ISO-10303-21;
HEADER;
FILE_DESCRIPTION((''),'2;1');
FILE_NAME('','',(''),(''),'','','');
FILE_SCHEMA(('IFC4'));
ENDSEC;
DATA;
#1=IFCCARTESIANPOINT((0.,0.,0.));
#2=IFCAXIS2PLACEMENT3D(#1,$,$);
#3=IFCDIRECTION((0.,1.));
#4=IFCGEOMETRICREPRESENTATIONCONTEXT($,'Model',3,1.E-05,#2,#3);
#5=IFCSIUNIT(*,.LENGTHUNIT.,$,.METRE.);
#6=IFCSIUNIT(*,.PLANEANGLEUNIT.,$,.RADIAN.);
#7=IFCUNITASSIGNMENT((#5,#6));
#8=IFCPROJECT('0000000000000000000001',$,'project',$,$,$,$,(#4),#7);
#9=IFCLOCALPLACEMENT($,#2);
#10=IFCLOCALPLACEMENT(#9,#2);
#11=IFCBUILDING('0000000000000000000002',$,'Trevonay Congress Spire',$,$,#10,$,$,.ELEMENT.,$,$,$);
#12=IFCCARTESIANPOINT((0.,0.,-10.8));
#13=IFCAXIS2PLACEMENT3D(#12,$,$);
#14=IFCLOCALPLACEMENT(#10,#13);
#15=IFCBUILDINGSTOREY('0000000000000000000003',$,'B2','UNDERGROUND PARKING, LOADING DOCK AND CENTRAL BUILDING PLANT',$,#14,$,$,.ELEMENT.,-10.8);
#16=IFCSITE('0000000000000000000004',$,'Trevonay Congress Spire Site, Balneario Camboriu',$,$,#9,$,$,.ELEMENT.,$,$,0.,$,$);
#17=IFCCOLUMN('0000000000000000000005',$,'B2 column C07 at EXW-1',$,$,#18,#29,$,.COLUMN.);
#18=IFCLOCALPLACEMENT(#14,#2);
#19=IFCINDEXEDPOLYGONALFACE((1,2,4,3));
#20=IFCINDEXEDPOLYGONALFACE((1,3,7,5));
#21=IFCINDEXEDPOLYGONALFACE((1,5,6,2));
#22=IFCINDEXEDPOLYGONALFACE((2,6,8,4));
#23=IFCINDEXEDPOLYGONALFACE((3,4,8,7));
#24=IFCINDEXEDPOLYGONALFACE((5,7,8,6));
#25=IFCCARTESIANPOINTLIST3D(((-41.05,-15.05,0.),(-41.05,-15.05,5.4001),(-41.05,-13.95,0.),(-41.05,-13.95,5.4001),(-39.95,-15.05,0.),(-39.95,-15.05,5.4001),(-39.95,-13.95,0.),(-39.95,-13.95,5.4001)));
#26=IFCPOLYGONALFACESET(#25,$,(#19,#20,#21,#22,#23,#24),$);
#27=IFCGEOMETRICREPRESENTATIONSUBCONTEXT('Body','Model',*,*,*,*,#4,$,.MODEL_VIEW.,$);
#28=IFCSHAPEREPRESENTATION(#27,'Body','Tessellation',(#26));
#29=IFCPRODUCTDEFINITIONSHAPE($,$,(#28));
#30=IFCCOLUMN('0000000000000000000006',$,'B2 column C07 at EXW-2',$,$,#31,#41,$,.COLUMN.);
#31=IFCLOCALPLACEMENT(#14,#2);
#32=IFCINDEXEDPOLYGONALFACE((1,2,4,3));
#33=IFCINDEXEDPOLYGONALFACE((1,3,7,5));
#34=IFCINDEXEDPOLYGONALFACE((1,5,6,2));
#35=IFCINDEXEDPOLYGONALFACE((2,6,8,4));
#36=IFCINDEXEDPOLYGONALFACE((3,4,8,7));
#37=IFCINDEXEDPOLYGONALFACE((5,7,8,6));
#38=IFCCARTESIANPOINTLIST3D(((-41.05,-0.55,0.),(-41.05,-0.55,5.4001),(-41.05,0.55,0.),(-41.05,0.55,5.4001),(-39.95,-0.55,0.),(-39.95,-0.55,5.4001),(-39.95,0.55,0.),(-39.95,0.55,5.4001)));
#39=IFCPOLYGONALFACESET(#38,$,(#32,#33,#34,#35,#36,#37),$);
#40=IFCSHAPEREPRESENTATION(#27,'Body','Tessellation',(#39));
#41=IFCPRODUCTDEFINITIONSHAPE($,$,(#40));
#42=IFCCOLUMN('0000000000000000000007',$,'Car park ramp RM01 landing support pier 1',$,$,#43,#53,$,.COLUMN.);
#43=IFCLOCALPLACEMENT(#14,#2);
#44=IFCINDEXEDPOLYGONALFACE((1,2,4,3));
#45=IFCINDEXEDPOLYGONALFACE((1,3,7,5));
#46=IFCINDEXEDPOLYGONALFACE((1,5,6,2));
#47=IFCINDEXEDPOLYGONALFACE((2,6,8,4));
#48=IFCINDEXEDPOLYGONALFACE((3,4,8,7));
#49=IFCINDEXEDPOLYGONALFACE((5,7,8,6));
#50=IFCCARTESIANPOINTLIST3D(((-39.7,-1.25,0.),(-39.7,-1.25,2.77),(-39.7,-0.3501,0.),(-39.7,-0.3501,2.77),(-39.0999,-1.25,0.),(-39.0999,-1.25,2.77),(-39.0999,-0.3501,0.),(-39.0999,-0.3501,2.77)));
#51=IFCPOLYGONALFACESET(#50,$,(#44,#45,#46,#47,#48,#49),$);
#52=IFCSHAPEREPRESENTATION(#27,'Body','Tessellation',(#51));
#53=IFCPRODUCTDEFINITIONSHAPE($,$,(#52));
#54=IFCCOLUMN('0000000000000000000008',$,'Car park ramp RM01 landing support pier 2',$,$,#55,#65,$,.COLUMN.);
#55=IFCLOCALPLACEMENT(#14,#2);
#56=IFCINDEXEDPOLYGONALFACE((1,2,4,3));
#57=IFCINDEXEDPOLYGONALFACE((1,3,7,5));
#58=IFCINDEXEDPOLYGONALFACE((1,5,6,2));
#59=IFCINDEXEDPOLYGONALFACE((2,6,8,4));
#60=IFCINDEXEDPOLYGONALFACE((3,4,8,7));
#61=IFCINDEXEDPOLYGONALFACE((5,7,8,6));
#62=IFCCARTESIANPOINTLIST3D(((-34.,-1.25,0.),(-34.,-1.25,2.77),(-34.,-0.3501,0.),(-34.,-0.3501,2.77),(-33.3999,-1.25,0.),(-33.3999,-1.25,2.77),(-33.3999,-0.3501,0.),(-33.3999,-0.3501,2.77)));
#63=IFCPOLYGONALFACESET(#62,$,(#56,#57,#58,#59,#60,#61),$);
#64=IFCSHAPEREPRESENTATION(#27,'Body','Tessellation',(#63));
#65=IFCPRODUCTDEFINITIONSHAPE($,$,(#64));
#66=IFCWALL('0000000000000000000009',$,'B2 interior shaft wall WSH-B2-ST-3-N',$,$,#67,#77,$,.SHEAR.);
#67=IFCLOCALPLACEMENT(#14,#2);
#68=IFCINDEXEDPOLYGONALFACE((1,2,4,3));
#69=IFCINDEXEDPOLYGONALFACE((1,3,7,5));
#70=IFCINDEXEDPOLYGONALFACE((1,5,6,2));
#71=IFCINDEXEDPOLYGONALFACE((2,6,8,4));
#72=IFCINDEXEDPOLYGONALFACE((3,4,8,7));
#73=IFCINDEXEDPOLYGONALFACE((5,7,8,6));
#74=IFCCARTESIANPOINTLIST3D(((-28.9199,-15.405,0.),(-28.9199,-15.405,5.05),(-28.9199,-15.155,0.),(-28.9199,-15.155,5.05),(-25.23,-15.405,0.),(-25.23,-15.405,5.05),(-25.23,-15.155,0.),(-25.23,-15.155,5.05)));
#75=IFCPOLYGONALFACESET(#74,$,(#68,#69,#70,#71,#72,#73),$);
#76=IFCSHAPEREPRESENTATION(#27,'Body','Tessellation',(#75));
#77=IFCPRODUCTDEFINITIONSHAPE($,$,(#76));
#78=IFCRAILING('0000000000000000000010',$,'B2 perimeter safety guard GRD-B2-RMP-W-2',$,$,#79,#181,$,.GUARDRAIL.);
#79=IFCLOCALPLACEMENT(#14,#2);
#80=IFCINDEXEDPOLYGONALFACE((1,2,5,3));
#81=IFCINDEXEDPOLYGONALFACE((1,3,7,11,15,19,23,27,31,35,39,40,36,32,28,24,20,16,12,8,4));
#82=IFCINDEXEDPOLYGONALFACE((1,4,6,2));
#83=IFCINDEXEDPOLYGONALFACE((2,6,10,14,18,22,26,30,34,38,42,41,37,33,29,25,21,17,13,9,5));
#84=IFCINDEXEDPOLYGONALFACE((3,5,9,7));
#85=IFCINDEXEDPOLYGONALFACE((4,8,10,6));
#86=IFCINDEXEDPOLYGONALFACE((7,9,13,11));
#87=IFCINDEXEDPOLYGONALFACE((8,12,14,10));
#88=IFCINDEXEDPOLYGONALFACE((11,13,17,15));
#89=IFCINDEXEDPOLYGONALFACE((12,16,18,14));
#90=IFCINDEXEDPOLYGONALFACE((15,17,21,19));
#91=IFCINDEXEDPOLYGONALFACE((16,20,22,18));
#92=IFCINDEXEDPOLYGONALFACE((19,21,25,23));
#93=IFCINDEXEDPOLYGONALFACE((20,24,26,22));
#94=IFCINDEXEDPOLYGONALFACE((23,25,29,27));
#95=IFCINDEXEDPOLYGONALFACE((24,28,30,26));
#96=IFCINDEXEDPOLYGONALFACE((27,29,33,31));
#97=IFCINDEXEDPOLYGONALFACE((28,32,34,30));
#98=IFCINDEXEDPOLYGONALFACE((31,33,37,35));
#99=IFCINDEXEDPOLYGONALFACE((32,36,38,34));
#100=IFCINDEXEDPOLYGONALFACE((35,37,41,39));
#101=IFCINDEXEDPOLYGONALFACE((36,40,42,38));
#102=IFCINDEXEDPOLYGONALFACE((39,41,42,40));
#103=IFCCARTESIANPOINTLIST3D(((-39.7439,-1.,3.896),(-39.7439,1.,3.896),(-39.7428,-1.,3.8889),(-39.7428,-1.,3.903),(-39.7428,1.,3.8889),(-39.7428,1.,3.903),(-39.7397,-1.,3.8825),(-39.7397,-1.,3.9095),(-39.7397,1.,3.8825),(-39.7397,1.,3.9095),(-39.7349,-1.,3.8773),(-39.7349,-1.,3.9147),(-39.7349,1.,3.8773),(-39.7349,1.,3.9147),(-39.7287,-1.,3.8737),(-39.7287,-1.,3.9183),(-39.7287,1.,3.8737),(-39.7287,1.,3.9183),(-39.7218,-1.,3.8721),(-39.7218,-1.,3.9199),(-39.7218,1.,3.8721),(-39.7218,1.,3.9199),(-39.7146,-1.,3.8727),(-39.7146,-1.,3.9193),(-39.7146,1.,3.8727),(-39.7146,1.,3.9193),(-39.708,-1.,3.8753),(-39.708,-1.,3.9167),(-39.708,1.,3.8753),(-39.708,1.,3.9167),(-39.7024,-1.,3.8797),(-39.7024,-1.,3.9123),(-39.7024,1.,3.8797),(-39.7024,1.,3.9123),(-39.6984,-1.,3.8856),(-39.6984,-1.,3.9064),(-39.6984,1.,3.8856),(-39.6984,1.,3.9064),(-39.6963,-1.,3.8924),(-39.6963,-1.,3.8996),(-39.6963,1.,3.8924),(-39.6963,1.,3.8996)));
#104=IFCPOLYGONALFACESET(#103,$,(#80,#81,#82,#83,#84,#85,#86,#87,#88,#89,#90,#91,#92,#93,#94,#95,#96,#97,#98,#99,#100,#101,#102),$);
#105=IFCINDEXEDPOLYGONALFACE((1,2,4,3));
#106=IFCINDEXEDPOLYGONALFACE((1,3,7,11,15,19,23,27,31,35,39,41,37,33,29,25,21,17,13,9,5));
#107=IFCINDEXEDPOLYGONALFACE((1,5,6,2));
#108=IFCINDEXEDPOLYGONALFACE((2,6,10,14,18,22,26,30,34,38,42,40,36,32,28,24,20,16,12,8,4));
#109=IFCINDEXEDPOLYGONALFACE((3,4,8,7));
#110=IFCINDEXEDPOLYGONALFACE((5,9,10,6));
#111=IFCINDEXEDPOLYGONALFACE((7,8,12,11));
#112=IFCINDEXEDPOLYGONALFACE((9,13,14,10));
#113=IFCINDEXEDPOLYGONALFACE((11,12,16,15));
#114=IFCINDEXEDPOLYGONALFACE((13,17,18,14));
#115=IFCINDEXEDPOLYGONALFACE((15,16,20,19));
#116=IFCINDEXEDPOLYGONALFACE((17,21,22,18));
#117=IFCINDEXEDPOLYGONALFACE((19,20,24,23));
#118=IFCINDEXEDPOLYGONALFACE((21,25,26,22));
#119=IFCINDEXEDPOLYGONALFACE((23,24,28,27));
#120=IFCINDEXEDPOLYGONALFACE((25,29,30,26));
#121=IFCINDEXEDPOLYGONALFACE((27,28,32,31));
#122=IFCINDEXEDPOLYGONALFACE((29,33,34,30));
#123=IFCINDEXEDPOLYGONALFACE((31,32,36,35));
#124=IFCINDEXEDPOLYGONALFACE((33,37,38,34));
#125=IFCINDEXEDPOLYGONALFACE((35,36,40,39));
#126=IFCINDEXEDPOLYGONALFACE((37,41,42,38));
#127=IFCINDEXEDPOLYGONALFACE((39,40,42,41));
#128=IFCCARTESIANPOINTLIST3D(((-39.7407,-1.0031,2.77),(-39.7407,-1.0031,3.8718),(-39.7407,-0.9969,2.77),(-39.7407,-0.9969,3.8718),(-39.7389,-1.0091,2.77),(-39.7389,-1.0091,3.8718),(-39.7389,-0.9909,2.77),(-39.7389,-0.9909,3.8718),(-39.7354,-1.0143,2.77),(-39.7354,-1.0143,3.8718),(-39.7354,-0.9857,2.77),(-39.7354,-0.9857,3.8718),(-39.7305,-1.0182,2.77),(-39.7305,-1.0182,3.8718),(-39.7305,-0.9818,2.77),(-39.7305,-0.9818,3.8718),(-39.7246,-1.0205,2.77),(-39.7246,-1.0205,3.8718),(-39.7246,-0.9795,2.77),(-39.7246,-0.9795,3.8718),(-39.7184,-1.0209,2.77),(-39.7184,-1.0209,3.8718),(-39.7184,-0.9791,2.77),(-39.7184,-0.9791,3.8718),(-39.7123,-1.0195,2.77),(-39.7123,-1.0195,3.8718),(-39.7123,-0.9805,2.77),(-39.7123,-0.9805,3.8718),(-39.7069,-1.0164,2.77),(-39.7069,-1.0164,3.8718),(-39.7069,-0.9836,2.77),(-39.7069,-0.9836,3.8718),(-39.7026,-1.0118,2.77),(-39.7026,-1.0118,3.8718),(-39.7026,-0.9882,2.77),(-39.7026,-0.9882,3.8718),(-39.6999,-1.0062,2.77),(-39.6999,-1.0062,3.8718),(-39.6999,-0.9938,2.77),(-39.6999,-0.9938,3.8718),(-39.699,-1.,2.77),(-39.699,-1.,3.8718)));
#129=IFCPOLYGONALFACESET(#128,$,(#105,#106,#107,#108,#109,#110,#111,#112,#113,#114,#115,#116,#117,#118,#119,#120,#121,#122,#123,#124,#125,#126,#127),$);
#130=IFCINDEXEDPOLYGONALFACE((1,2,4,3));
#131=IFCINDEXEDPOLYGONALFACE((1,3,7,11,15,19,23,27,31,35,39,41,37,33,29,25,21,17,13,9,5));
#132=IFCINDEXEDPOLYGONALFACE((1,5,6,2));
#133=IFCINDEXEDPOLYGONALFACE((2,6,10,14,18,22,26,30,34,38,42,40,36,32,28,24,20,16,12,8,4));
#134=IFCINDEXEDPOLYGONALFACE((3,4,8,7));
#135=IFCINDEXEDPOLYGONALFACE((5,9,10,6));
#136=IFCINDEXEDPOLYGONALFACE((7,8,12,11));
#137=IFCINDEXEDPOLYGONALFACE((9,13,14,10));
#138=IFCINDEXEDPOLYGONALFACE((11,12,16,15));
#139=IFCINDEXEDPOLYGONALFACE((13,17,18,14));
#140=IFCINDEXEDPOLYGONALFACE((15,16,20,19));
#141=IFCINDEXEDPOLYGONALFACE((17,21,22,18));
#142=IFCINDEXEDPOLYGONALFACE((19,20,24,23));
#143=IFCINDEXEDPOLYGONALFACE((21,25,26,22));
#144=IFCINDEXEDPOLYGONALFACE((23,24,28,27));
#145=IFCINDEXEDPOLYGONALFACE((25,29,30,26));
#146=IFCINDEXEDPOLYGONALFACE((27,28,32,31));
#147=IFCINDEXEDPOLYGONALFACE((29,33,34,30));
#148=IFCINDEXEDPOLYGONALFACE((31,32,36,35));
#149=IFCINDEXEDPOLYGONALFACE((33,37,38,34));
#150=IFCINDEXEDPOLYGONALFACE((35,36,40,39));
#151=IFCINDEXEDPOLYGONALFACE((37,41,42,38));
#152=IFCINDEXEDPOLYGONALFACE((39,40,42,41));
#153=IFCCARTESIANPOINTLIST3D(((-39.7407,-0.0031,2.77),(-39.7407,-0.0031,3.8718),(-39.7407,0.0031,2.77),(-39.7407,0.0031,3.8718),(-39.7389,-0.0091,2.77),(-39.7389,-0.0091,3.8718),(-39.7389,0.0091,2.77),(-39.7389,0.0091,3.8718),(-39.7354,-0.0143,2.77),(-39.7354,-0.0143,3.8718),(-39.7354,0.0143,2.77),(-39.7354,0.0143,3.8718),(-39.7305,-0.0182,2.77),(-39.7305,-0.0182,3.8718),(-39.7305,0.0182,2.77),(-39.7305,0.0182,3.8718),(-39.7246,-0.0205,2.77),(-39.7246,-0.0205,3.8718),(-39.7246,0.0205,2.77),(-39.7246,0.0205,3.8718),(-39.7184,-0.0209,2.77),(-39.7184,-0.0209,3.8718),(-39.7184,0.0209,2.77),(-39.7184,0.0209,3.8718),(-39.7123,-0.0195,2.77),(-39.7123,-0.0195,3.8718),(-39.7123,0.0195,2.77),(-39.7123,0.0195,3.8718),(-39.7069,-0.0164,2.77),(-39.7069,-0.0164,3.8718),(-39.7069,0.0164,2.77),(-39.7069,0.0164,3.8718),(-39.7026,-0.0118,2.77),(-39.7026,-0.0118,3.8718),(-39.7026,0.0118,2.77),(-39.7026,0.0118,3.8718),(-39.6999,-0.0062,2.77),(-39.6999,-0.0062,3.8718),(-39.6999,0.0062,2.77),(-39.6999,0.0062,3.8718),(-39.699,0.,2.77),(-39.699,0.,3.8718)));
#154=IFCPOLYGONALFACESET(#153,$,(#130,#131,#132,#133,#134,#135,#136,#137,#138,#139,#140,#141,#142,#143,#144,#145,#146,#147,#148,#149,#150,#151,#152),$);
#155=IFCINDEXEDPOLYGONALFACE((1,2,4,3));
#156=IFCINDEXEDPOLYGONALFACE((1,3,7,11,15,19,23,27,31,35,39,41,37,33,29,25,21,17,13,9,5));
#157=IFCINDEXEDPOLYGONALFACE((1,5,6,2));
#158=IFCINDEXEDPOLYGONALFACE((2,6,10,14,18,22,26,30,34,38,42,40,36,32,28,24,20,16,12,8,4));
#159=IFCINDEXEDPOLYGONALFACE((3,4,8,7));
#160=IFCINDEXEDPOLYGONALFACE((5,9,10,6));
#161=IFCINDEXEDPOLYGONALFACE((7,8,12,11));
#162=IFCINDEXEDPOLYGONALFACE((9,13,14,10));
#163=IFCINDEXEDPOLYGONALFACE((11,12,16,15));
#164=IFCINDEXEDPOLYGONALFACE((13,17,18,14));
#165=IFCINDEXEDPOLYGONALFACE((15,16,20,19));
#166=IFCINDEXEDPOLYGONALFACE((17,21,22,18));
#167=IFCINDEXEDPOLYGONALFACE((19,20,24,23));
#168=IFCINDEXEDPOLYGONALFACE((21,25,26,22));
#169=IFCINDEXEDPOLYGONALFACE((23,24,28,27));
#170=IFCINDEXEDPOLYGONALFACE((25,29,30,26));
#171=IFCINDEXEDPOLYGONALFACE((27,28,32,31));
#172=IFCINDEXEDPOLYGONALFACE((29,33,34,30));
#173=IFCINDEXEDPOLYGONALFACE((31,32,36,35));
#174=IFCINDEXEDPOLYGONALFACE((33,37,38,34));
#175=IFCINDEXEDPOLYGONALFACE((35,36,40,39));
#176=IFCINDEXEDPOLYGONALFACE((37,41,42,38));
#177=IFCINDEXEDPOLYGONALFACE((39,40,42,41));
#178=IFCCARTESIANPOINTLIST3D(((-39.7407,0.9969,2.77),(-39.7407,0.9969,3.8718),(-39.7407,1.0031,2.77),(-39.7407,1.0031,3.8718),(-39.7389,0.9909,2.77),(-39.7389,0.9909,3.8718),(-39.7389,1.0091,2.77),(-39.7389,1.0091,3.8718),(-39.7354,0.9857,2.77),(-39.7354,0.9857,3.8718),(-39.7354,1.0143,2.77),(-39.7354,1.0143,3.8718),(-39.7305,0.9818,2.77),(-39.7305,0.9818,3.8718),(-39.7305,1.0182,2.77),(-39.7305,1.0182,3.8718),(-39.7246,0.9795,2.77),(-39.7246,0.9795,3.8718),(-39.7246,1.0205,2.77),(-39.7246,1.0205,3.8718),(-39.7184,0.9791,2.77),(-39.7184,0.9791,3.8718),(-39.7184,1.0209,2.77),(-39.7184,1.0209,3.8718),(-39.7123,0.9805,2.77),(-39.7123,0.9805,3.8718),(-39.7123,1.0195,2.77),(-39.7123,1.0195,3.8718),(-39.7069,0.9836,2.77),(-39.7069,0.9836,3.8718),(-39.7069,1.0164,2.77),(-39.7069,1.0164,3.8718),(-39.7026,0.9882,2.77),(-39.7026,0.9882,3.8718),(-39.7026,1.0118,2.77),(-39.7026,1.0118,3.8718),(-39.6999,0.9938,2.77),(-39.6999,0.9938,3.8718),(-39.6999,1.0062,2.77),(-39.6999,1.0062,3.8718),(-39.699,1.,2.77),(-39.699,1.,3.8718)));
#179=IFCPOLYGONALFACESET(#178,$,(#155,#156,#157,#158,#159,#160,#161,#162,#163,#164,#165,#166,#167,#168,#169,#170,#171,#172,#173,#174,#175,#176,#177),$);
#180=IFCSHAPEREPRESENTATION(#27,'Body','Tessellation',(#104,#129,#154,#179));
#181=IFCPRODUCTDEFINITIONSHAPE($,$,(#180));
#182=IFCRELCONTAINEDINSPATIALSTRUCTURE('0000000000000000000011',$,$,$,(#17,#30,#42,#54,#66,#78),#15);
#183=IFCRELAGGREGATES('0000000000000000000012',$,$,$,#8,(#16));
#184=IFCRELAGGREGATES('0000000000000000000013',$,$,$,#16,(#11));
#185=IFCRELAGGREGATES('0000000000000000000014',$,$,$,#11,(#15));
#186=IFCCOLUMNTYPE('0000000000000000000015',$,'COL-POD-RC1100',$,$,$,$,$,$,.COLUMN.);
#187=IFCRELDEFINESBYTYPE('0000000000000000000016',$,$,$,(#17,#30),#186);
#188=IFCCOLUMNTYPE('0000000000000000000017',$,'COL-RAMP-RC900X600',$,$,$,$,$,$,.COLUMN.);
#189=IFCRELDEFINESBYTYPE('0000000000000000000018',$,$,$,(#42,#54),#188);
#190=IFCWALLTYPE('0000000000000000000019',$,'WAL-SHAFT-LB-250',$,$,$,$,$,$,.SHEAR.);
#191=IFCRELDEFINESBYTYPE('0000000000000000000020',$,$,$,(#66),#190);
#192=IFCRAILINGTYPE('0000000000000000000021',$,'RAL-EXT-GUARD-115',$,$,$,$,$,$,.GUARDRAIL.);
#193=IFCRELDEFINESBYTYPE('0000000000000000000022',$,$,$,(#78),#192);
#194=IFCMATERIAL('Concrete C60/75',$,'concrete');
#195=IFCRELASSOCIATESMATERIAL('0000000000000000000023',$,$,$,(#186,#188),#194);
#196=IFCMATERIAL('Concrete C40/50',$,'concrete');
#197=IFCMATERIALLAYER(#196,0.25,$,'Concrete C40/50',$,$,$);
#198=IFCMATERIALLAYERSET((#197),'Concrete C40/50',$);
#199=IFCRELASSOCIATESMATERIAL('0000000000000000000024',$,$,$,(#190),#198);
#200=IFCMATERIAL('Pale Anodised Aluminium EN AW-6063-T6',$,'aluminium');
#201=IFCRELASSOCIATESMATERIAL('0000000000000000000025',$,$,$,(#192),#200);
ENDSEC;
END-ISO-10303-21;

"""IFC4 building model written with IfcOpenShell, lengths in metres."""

from ifc_helpers import new_model, si_unit, direction, frame, frame_2d, origin, origin_2d, place, context, subcontext, project, spatial, rectangle, circle, extrude, material, layer, layer_set, material_profile, profile_set, type_object, element, save


model = new_model("IFC4")

# Units and contexts
model_context = context("Model", 3, precision=1e-05, world=origin(), true_north=direction((0.0, 1.0)))
body_context = subcontext(model_context, "Body", "Model", "MODEL_VIEW")
ifc_project = project(units=[si_unit("LENGTHUNIT", "METRE"), si_unit("PLANEANGLEUNIT", "RADIAN")], contexts=[model_context])

# Site, building, storey
site_placement = place(None, origin())
site = spatial("IfcSite", under=ifc_project, at=site_placement, Name="Trevonay Congress Spire Site, Balneario Camboriu", CompositionType="ELEMENT", RefElevation=0.0)
building_placement = place(site_placement, origin())
building = spatial("IfcBuilding", under=site, at=building_placement, Name="Trevonay Congress Spire", CompositionType="ELEMENT")
storey_placement = place(building_placement, frame((0.0, 0.0, -10.8)))
storey = spatial("IfcBuildingStorey", under=building, at=storey_placement, Name="B2", Description="UNDERGROUND PARKING, LOADING DOCK AND CENTRAL BUILDING PLANT", CompositionType="ELEMENT", Elevation=-10.8)

# Columns
ifc_material_1 = material(Name="Concrete C60/75", Category="concrete")
ifc_material_profile_1 = material_profile(ifc_material_1, rectangle(XDim=1.1001, YDim=1.1001, at=origin_2d()), Name="RC 1100x1100")
ifc_profile_set_1 = profile_set([ifc_material_profile_1], Name="Concrete C60/75")
column_type_1 = type_object("IfcColumnType", Name="COL-POD-RC1100", PredefinedType="COLUMN", material=ifc_profile_set_1)
for number, where, z_axis, x_axis, name in (
    (1, (-40.5, -14.5, 0.0), (0.0, 0.0, 1.0), (1.0, 0.0, 0.0), "B2 column C07 at EXW-1"),
    (2, (-40.5, 0.0, 0.0), (0.0, 0.0, 1.0), (1.0, 0.0, 0.0), "B2 column C07 at EXW-2"),
):
    element("IfcColumn", number, at=place(storey_placement, frame(where, z_axis=z_axis, x_axis=x_axis)), inside=storey, type_object=column_type_1, Name=name, PredefinedType="COLUMN", context=body_context, shape_type="SweptSolid", body=[
        extrude(rectangle(XDim=1.1001, YDim=1.1001, at=origin_2d()), origin(), (0.0, 0.0, 1.0), 5.4001),
    ])
ifc_material_profile_2 = material_profile(ifc_material_1, rectangle(XDim=0.6001, YDim=0.8999, at=origin_2d()), Name="RC 900x600")
ifc_profile_set_2 = profile_set([ifc_material_profile_2], Name="Concrete C60/75")
column_type_2 = type_object("IfcColumnType", Name="COL-RAMP-RC900X600", PredefinedType="COLUMN", material=ifc_profile_set_2)
for number, where, z_axis, x_axis, name in (
    (3, (-39.3999, -0.8, 0.0), (0.0, 0.0, 1.0), (1.0, 0.0, 0.0), "Car park ramp RM01 landing support pier 1"),
    (4, (-33.7, -0.8, 0.0), (0.0, 0.0, 1.0), (1.0, 0.0, 0.0), "Car park ramp RM01 landing support pier 2"),
):
    element("IfcColumn", number, at=place(storey_placement, frame(where, z_axis=z_axis, x_axis=x_axis)), inside=storey, type_object=column_type_2, Name=name, PredefinedType="COLUMN", context=body_context, shape_type="SweptSolid", body=[
        extrude(rectangle(XDim=0.6001, YDim=0.8999, at=origin_2d()), origin(), (0.0, 0.0, 1.0), 2.77),
    ])

# Wall
ifc_material_2 = material(Name="Concrete C40/50", Category="concrete")
ifc_layer = layer(ifc_material_2, 0.25, Name="Concrete C40/50")
ifc_layer_set = layer_set([ifc_layer], Name="Concrete C40/50")
wall_type = type_object("IfcWallType", Name="WAL-SHAFT-LB-250", PredefinedType="SHEAR", material=ifc_layer_set)
wall_placement = place(storey_placement, frame((-28.9199, -15.28, 0.0), z_axis=(0.0, 0.0, 1.0), x_axis=(1.0, 0.0, 0.0)))
element("IfcWall", 5, at=wall_placement, inside=storey, type_object=wall_type, Name="B2 interior shaft wall WSH-B2-ST-3-N", PredefinedType="SHEAR", context=body_context, shape_type="SweptSolid", body=[
    extrude(rectangle(XDim=3.6899, YDim=0.25, at=frame_2d((1.845, 0.0))), origin(), (0.0, 0.0, 1.0), 5.05),
])

# Railing
ifc_material_3 = material(Name="Pale Anodised Aluminium EN AW-6063-T6", Category="aluminium")
railing_type = type_object("IfcRailingType", Name="RAL-EXT-GUARD-115", PredefinedType="GUARDRAIL", material=ifc_material_3)
for number, where, name in (
    (6, (-39.72, -1.0, 2.77), "B2 perimeter safety guard GRD-B2-RMP-W-2"),
):
    element("IfcRailing", number, at=place(storey_placement, frame(where)), inside=storey, type_object=railing_type, Name=name, PredefinedType="GUARDRAIL", context=body_context, shape_type="SweptSolid", body=[
        extrude(circle(Radius=0.0239, at=origin_2d()), frame((0.0, 0.0, 1.126), z_axis=(0.0, 1.0, 0.0), x_axis=(-1.0, 0.0, 0.0)), (0.0, 0.0, 1.0), 2.0),
        extrude(circle(Radius=0.021, at=origin_2d()), origin(), (0.0, 0.0, 1.0), 1.1018),
        extrude(circle(Radius=0.021, at=origin_2d()), frame((0.0, 1.0, 0.0)), (0.0, 0.0, 1.0), 1.1018),
        extrude(circle(Radius=0.021, at=origin_2d()), frame((0.0, 2.0, 0.0)), (0.0, 0.0, 1.0), 1.1018),
    ])

save(model, "model.ifc")
